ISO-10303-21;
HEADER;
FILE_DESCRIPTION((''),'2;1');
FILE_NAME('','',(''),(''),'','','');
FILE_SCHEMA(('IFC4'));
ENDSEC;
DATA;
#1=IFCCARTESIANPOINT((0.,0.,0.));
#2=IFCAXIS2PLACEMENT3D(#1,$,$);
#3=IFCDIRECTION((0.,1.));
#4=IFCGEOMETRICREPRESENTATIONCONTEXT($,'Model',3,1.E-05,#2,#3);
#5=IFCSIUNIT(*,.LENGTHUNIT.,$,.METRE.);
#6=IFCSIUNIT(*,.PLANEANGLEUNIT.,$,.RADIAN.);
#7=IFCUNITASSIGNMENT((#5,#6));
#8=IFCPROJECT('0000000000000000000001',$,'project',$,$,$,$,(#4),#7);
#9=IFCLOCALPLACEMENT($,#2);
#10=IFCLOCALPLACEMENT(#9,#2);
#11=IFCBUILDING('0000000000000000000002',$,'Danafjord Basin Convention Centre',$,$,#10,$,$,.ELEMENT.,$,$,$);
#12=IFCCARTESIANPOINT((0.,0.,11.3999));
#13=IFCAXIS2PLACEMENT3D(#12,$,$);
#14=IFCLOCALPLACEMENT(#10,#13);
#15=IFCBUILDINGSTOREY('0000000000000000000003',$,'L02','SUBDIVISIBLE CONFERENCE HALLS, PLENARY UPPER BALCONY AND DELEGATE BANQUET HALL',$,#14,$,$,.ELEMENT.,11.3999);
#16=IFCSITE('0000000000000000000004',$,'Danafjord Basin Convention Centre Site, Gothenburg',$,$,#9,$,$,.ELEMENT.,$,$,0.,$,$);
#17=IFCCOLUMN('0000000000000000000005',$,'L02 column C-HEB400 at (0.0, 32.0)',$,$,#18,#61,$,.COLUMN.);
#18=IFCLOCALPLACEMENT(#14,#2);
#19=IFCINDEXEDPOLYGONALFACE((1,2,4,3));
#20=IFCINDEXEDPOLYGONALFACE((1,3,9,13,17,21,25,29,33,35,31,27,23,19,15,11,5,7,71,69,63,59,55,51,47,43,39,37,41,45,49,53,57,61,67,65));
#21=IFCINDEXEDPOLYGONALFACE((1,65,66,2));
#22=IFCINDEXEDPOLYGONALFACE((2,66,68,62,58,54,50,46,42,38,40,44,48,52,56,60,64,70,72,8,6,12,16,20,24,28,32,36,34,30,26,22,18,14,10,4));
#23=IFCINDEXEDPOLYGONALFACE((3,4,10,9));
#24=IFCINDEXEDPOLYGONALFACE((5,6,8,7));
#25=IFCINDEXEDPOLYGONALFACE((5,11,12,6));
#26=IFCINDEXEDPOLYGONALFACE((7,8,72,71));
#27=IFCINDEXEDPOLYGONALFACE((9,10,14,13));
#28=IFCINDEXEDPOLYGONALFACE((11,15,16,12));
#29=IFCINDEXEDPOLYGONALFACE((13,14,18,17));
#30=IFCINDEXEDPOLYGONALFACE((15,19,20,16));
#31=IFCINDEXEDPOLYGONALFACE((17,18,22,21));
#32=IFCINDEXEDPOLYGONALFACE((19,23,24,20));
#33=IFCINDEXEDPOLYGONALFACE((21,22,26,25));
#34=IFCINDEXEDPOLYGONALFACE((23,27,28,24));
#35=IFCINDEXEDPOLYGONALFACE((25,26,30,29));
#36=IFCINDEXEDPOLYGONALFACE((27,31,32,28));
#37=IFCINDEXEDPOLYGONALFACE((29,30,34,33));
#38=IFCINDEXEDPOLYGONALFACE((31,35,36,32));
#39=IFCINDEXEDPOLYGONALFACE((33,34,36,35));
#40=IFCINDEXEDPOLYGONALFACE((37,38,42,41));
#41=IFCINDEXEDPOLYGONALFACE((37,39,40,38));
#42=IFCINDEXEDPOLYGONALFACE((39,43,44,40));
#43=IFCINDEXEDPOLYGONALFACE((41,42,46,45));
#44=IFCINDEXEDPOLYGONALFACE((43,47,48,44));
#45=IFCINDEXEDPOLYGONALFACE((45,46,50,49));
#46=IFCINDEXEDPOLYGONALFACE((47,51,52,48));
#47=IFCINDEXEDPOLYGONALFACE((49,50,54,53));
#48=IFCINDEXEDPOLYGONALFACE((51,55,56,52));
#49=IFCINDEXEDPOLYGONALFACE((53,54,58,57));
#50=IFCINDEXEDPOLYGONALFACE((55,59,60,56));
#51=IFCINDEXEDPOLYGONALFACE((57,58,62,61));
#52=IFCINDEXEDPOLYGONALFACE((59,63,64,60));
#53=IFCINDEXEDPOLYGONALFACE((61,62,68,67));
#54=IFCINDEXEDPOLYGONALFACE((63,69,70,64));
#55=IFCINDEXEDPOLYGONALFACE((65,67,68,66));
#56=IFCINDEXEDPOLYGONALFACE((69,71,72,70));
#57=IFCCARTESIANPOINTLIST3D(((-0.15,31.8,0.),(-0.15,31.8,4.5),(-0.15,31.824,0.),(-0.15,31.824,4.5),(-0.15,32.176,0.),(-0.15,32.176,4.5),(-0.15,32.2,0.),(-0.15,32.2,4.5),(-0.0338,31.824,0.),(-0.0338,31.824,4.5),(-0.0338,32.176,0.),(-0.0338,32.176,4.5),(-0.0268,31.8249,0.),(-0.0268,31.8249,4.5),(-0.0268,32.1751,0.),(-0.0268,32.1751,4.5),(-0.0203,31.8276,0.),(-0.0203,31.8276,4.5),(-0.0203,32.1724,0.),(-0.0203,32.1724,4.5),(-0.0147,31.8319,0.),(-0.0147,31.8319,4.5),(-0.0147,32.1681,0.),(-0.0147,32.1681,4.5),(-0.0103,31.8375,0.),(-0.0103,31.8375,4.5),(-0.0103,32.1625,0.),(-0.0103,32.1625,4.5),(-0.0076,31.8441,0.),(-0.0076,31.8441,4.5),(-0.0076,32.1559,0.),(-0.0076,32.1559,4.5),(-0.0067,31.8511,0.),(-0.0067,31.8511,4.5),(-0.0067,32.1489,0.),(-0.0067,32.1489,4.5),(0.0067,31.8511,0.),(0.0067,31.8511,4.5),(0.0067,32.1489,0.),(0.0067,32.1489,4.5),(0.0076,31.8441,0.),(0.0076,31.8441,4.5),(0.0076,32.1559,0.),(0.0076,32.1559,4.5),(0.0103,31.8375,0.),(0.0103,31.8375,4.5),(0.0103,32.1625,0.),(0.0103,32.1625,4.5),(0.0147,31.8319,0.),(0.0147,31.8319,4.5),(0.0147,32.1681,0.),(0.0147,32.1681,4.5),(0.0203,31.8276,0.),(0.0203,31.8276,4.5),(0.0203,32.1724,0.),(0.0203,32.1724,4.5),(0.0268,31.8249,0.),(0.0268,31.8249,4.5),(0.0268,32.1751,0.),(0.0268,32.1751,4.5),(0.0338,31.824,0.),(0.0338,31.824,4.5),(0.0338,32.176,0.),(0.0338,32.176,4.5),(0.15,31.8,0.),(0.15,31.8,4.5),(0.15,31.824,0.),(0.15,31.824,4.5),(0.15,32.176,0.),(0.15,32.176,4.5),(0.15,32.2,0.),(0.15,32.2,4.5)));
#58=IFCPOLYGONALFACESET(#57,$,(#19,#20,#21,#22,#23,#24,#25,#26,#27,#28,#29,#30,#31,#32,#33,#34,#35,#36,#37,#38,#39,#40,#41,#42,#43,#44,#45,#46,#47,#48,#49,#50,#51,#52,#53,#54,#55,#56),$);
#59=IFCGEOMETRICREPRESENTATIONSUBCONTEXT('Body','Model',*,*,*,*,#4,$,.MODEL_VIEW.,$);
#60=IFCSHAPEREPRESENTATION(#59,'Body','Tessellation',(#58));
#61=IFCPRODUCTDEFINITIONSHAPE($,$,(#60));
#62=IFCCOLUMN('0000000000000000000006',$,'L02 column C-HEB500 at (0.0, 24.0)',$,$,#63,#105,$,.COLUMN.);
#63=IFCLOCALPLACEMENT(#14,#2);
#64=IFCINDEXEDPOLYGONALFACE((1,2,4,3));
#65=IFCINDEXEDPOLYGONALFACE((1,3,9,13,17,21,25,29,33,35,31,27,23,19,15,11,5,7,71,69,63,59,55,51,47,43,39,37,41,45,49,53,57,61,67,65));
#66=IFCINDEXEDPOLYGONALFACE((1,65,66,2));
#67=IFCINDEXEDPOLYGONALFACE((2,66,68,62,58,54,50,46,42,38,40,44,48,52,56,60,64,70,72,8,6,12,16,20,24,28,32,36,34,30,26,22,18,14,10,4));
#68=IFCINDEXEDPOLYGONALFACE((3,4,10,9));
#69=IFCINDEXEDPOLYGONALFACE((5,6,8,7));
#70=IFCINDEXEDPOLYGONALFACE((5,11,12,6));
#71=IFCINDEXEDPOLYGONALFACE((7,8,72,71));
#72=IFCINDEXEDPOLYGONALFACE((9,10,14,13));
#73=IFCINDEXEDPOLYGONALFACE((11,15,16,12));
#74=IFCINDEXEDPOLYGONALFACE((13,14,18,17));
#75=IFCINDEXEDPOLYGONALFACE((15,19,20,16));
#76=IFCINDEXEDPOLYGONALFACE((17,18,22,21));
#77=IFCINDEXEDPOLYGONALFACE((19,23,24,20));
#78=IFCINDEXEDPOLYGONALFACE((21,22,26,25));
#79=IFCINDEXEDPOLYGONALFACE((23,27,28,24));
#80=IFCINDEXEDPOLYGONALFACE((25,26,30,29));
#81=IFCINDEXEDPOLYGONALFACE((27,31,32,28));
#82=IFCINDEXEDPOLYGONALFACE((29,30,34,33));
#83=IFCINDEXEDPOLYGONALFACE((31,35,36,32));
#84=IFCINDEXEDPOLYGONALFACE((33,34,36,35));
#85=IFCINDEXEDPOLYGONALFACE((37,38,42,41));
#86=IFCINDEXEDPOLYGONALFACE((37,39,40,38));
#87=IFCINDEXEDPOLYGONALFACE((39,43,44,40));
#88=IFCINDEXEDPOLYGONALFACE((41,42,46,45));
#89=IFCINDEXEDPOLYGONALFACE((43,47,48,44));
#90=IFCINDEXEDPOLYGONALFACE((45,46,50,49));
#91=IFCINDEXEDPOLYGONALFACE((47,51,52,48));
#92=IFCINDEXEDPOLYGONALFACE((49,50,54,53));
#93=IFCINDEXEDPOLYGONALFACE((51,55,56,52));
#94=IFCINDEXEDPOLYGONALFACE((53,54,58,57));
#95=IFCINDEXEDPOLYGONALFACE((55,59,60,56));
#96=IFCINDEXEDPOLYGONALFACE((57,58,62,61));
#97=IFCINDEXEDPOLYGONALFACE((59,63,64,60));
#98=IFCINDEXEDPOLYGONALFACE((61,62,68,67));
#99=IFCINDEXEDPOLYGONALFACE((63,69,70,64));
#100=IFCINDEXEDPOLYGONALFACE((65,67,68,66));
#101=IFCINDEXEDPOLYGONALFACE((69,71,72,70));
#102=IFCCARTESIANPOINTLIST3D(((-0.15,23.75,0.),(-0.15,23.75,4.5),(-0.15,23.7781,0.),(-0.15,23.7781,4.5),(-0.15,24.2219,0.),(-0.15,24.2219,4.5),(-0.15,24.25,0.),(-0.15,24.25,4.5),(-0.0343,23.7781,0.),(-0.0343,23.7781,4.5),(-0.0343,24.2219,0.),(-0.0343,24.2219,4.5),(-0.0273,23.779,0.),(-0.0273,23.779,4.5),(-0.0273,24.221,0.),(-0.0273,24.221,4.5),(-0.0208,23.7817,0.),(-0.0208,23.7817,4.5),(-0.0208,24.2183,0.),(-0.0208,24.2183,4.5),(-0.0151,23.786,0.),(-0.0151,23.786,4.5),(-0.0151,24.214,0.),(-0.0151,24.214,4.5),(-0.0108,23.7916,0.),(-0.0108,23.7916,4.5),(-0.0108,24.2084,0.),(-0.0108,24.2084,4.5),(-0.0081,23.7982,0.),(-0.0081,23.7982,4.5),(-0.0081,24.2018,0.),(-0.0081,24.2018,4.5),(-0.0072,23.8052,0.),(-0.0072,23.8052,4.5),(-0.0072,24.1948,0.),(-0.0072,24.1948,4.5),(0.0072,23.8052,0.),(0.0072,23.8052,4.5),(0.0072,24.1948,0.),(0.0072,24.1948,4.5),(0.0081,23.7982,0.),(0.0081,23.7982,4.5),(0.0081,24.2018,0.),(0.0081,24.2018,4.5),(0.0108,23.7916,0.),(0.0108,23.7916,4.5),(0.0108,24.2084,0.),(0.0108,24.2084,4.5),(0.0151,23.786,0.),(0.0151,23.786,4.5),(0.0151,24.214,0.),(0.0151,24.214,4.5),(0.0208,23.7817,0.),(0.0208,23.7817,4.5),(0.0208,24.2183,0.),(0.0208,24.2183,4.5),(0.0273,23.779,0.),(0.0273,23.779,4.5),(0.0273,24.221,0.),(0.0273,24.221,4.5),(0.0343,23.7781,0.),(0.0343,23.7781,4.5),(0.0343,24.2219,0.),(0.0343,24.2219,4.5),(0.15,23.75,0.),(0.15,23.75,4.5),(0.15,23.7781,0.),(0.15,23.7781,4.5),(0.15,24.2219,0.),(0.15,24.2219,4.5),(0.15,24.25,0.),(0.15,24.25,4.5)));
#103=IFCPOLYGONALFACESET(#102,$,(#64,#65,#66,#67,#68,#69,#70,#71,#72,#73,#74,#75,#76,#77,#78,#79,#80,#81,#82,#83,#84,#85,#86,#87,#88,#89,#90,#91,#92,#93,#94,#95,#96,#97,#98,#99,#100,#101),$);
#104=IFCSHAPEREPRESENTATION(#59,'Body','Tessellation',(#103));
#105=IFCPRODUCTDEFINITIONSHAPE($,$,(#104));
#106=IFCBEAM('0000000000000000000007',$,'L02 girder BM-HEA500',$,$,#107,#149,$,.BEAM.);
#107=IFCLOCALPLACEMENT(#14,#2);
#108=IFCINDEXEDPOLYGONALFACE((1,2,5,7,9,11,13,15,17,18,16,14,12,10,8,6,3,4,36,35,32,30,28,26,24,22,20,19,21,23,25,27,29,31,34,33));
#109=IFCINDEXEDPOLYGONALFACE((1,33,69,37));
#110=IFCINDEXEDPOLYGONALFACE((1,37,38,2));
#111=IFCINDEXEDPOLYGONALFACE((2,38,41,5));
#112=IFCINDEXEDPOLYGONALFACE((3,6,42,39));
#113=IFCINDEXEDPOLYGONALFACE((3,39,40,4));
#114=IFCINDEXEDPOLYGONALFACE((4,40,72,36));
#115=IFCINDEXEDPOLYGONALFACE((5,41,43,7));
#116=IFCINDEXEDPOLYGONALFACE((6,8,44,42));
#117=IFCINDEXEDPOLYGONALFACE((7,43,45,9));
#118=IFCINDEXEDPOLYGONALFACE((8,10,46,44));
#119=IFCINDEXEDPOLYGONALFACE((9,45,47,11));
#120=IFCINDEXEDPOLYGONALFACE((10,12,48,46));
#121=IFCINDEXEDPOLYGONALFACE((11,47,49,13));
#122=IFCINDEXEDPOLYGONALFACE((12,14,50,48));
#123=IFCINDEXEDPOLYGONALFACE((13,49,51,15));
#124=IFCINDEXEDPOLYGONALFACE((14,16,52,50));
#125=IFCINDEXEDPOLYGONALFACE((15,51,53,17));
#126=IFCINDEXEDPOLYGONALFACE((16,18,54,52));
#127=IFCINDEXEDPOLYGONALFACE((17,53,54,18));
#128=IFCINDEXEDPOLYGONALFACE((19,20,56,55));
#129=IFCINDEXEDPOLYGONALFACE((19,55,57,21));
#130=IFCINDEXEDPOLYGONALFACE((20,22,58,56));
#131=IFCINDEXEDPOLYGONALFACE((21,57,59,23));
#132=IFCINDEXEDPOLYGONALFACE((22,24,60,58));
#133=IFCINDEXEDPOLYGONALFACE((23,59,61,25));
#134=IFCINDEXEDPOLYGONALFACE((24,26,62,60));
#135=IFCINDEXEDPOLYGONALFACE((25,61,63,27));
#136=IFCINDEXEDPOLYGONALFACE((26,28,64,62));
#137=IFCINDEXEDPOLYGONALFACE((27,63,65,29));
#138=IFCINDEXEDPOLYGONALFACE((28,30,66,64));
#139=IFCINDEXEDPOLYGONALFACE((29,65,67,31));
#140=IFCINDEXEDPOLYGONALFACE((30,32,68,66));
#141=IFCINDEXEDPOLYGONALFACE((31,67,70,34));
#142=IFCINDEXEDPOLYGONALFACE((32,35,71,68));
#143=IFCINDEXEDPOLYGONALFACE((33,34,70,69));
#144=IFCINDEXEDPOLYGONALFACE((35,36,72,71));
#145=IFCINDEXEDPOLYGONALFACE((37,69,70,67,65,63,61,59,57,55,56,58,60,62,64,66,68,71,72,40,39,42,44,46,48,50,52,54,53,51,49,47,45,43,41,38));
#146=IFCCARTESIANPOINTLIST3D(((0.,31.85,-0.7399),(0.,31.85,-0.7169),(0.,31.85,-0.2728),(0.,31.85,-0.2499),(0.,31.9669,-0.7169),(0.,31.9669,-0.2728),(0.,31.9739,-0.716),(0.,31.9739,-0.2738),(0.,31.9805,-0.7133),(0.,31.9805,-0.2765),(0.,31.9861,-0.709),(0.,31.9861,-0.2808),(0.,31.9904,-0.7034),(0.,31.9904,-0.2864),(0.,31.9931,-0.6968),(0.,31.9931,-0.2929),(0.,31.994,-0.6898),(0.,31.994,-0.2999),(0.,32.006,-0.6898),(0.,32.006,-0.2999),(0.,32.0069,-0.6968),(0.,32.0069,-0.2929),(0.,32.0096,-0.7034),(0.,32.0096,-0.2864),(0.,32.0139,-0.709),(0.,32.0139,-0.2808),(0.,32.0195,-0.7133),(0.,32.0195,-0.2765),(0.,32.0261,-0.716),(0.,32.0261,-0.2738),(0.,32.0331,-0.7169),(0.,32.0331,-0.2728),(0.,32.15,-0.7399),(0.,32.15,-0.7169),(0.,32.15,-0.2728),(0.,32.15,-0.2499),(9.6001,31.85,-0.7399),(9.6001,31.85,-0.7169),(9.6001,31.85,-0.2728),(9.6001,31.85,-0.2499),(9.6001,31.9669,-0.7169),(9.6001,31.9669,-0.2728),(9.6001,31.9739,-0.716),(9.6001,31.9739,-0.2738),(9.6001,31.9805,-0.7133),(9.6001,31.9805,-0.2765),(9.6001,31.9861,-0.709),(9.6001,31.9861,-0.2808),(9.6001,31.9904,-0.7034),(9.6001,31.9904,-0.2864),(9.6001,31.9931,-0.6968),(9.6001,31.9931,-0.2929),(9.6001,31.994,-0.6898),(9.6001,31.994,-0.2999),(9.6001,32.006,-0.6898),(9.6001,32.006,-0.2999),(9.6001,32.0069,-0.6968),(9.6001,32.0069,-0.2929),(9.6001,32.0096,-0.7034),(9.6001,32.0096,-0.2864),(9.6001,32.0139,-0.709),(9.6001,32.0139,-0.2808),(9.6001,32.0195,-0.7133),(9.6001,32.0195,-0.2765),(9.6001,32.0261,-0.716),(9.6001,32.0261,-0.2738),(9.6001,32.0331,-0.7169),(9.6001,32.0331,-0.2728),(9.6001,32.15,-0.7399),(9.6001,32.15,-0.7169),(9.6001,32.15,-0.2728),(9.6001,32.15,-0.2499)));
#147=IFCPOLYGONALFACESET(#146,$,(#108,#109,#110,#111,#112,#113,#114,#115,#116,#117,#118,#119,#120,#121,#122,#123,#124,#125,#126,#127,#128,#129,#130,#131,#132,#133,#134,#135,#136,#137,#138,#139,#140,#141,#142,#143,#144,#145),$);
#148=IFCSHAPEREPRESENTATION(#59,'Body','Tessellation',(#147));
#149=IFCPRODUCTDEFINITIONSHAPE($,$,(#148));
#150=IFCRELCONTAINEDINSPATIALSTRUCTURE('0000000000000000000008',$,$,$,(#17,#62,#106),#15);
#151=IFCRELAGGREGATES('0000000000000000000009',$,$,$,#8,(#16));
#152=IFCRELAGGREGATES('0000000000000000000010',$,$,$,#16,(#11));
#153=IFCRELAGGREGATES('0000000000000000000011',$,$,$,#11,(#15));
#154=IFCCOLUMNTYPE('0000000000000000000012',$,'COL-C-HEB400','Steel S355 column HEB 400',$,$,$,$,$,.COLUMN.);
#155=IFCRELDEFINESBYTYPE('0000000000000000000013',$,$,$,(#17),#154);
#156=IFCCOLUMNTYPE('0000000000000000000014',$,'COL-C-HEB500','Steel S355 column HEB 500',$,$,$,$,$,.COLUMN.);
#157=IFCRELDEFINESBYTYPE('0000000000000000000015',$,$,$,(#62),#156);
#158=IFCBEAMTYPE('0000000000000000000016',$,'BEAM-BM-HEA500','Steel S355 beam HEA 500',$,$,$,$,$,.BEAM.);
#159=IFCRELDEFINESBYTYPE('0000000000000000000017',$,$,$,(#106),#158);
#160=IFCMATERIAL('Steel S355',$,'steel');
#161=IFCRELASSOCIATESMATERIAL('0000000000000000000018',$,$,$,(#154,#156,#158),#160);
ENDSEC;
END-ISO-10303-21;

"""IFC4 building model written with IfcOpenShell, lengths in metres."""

from ifc_helpers import new_model, si_unit, direction, frame, origin, origin_2d, place, context, subcontext, project, spatial, i_section, extrude, material, material_profile, profile_set, type_object, element, save


model = new_model("IFC4")

# Units and contexts
model_context = context("Model", 3, precision=1e-05, world=origin(), true_north=direction((0.0, 1.0)))
body_context = subcontext(model_context, "Body", "Model", "MODEL_VIEW")
ifc_project = project(units=[si_unit("LENGTHUNIT", "METRE"), si_unit("PLANEANGLEUNIT", "RADIAN")], contexts=[model_context])

# Site, building, storey
site_placement = place(None, origin())
site = spatial("IfcSite", under=ifc_project, at=site_placement, Name="Danafjord Basin Convention Centre Site, Gothenburg", CompositionType="ELEMENT", RefElevation=0.0)
building_placement = place(site_placement, origin())
building = spatial("IfcBuilding", under=site, at=building_placement, Name="Danafjord Basin Convention Centre", CompositionType="ELEMENT")
storey_placement = place(building_placement, frame((0.0, 0.0, 11.3999)))
storey = spatial("IfcBuildingStorey", under=building, at=storey_placement, Name="L02", Description="SUBDIVISIBLE CONFERENCE HALLS, PLENARY UPPER BALCONY AND DELEGATE BANQUET HALL", CompositionType="ELEMENT", Elevation=11.3999)

# Columns
ifc_material_1 = material(Name="Steel S355", Category="steel")
ifc_material_profile_1 = material_profile(ifc_material_1, i_section(OverallWidth=0.3, OverallDepth=0.3999, WebThickness=0.0134, FlangeThickness=0.0239, FilletRadius=0.0271, at=origin_2d()), Name="HEB 400")
ifc_profile_set_1 = profile_set([ifc_material_profile_1], Name="Steel S355")
column_type_1 = type_object("IfcColumnType", Name="COL-C-HEB400", Description="Steel S355 column HEB 400", PredefinedType="COLUMN", material=ifc_profile_set_1)
column_1_placement = place(storey_placement, frame((0.0, 32.0, 0.0), z_axis=(0.0, 0.0, 1.0), x_axis=(1.0, 0.0, 0.0)))
element("IfcColumn", 1, at=column_1_placement, inside=storey, type_object=column_type_1, Name="L02 column C-HEB400 at (0.0, 32.0)", PredefinedType="COLUMN", context=body_context, shape_type="SweptSolid", body=[
    extrude(i_section(OverallWidth=0.3, OverallDepth=0.3999, WebThickness=0.0134, FlangeThickness=0.0239, FilletRadius=0.0271, at=origin_2d()), origin(), (0.0, 0.0, 1.0), 4.5),
])
ifc_material_profile_2 = material_profile(ifc_material_1, i_section(OverallWidth=0.3, OverallDepth=0.5, WebThickness=0.0144, FlangeThickness=0.0281, FilletRadius=0.0271, at=origin_2d()), Name="HEB 500")
ifc_profile_set_2 = profile_set([ifc_material_profile_2], Name="Steel S355")
column_type_2 = type_object("IfcColumnType", Name="COL-C-HEB500", Description="Steel S355 column HEB 500", PredefinedType="COLUMN", material=ifc_profile_set_2)
column_2_placement = place(storey_placement, frame((0.0, 24.0, 0.0), z_axis=(0.0, 0.0, 1.0), x_axis=(1.0, 0.0, 0.0)))
element("IfcColumn", 2, at=column_2_placement, inside=storey, type_object=column_type_2, Name="L02 column C-HEB500 at (0.0, 24.0)", PredefinedType="COLUMN", context=body_context, shape_type="SweptSolid", body=[
    extrude(i_section(OverallWidth=0.3, OverallDepth=0.5, WebThickness=0.0144, FlangeThickness=0.0281, FilletRadius=0.0271, at=origin_2d()), origin(), (0.0, 0.0, 1.0), 4.5),
])

# Beam
ifc_material_profile_3 = material_profile(ifc_material_1, i_section(OverallWidth=0.3, OverallDepth=0.49, WebThickness=0.012, FlangeThickness=0.0229, FilletRadius=0.0271, at=origin_2d()), Name="HEA 500")
ifc_profile_set_3 = profile_set([ifc_material_profile_3], Name="Steel S355")
beam_type_1 = type_object("IfcBeamType", Name="BEAM-BM-HEA500", Description="Steel S355 beam HEA 500", PredefinedType="BEAM", material=ifc_profile_set_3)
beam_1_placement = place(storey_placement, frame((0.0, 32.0, -0.4949), z_axis=(1.0, 0.0, 0.0), x_axis=(0.0, 1.0, 0.0)))
element("IfcBeam", 3, at=beam_1_placement, inside=storey, type_object=beam_type_1, Name="L02 girder BM-HEA500", PredefinedType="BEAM", context=body_context, shape_type="SweptSolid", body=[
    extrude(i_section(OverallWidth=0.3, OverallDepth=0.49, WebThickness=0.012, FlangeThickness=0.0229, FilletRadius=0.0271, at=origin_2d()), origin(), (0.0, 0.0, 1.0), 9.6001),
])

save(model, "model.ifc")
